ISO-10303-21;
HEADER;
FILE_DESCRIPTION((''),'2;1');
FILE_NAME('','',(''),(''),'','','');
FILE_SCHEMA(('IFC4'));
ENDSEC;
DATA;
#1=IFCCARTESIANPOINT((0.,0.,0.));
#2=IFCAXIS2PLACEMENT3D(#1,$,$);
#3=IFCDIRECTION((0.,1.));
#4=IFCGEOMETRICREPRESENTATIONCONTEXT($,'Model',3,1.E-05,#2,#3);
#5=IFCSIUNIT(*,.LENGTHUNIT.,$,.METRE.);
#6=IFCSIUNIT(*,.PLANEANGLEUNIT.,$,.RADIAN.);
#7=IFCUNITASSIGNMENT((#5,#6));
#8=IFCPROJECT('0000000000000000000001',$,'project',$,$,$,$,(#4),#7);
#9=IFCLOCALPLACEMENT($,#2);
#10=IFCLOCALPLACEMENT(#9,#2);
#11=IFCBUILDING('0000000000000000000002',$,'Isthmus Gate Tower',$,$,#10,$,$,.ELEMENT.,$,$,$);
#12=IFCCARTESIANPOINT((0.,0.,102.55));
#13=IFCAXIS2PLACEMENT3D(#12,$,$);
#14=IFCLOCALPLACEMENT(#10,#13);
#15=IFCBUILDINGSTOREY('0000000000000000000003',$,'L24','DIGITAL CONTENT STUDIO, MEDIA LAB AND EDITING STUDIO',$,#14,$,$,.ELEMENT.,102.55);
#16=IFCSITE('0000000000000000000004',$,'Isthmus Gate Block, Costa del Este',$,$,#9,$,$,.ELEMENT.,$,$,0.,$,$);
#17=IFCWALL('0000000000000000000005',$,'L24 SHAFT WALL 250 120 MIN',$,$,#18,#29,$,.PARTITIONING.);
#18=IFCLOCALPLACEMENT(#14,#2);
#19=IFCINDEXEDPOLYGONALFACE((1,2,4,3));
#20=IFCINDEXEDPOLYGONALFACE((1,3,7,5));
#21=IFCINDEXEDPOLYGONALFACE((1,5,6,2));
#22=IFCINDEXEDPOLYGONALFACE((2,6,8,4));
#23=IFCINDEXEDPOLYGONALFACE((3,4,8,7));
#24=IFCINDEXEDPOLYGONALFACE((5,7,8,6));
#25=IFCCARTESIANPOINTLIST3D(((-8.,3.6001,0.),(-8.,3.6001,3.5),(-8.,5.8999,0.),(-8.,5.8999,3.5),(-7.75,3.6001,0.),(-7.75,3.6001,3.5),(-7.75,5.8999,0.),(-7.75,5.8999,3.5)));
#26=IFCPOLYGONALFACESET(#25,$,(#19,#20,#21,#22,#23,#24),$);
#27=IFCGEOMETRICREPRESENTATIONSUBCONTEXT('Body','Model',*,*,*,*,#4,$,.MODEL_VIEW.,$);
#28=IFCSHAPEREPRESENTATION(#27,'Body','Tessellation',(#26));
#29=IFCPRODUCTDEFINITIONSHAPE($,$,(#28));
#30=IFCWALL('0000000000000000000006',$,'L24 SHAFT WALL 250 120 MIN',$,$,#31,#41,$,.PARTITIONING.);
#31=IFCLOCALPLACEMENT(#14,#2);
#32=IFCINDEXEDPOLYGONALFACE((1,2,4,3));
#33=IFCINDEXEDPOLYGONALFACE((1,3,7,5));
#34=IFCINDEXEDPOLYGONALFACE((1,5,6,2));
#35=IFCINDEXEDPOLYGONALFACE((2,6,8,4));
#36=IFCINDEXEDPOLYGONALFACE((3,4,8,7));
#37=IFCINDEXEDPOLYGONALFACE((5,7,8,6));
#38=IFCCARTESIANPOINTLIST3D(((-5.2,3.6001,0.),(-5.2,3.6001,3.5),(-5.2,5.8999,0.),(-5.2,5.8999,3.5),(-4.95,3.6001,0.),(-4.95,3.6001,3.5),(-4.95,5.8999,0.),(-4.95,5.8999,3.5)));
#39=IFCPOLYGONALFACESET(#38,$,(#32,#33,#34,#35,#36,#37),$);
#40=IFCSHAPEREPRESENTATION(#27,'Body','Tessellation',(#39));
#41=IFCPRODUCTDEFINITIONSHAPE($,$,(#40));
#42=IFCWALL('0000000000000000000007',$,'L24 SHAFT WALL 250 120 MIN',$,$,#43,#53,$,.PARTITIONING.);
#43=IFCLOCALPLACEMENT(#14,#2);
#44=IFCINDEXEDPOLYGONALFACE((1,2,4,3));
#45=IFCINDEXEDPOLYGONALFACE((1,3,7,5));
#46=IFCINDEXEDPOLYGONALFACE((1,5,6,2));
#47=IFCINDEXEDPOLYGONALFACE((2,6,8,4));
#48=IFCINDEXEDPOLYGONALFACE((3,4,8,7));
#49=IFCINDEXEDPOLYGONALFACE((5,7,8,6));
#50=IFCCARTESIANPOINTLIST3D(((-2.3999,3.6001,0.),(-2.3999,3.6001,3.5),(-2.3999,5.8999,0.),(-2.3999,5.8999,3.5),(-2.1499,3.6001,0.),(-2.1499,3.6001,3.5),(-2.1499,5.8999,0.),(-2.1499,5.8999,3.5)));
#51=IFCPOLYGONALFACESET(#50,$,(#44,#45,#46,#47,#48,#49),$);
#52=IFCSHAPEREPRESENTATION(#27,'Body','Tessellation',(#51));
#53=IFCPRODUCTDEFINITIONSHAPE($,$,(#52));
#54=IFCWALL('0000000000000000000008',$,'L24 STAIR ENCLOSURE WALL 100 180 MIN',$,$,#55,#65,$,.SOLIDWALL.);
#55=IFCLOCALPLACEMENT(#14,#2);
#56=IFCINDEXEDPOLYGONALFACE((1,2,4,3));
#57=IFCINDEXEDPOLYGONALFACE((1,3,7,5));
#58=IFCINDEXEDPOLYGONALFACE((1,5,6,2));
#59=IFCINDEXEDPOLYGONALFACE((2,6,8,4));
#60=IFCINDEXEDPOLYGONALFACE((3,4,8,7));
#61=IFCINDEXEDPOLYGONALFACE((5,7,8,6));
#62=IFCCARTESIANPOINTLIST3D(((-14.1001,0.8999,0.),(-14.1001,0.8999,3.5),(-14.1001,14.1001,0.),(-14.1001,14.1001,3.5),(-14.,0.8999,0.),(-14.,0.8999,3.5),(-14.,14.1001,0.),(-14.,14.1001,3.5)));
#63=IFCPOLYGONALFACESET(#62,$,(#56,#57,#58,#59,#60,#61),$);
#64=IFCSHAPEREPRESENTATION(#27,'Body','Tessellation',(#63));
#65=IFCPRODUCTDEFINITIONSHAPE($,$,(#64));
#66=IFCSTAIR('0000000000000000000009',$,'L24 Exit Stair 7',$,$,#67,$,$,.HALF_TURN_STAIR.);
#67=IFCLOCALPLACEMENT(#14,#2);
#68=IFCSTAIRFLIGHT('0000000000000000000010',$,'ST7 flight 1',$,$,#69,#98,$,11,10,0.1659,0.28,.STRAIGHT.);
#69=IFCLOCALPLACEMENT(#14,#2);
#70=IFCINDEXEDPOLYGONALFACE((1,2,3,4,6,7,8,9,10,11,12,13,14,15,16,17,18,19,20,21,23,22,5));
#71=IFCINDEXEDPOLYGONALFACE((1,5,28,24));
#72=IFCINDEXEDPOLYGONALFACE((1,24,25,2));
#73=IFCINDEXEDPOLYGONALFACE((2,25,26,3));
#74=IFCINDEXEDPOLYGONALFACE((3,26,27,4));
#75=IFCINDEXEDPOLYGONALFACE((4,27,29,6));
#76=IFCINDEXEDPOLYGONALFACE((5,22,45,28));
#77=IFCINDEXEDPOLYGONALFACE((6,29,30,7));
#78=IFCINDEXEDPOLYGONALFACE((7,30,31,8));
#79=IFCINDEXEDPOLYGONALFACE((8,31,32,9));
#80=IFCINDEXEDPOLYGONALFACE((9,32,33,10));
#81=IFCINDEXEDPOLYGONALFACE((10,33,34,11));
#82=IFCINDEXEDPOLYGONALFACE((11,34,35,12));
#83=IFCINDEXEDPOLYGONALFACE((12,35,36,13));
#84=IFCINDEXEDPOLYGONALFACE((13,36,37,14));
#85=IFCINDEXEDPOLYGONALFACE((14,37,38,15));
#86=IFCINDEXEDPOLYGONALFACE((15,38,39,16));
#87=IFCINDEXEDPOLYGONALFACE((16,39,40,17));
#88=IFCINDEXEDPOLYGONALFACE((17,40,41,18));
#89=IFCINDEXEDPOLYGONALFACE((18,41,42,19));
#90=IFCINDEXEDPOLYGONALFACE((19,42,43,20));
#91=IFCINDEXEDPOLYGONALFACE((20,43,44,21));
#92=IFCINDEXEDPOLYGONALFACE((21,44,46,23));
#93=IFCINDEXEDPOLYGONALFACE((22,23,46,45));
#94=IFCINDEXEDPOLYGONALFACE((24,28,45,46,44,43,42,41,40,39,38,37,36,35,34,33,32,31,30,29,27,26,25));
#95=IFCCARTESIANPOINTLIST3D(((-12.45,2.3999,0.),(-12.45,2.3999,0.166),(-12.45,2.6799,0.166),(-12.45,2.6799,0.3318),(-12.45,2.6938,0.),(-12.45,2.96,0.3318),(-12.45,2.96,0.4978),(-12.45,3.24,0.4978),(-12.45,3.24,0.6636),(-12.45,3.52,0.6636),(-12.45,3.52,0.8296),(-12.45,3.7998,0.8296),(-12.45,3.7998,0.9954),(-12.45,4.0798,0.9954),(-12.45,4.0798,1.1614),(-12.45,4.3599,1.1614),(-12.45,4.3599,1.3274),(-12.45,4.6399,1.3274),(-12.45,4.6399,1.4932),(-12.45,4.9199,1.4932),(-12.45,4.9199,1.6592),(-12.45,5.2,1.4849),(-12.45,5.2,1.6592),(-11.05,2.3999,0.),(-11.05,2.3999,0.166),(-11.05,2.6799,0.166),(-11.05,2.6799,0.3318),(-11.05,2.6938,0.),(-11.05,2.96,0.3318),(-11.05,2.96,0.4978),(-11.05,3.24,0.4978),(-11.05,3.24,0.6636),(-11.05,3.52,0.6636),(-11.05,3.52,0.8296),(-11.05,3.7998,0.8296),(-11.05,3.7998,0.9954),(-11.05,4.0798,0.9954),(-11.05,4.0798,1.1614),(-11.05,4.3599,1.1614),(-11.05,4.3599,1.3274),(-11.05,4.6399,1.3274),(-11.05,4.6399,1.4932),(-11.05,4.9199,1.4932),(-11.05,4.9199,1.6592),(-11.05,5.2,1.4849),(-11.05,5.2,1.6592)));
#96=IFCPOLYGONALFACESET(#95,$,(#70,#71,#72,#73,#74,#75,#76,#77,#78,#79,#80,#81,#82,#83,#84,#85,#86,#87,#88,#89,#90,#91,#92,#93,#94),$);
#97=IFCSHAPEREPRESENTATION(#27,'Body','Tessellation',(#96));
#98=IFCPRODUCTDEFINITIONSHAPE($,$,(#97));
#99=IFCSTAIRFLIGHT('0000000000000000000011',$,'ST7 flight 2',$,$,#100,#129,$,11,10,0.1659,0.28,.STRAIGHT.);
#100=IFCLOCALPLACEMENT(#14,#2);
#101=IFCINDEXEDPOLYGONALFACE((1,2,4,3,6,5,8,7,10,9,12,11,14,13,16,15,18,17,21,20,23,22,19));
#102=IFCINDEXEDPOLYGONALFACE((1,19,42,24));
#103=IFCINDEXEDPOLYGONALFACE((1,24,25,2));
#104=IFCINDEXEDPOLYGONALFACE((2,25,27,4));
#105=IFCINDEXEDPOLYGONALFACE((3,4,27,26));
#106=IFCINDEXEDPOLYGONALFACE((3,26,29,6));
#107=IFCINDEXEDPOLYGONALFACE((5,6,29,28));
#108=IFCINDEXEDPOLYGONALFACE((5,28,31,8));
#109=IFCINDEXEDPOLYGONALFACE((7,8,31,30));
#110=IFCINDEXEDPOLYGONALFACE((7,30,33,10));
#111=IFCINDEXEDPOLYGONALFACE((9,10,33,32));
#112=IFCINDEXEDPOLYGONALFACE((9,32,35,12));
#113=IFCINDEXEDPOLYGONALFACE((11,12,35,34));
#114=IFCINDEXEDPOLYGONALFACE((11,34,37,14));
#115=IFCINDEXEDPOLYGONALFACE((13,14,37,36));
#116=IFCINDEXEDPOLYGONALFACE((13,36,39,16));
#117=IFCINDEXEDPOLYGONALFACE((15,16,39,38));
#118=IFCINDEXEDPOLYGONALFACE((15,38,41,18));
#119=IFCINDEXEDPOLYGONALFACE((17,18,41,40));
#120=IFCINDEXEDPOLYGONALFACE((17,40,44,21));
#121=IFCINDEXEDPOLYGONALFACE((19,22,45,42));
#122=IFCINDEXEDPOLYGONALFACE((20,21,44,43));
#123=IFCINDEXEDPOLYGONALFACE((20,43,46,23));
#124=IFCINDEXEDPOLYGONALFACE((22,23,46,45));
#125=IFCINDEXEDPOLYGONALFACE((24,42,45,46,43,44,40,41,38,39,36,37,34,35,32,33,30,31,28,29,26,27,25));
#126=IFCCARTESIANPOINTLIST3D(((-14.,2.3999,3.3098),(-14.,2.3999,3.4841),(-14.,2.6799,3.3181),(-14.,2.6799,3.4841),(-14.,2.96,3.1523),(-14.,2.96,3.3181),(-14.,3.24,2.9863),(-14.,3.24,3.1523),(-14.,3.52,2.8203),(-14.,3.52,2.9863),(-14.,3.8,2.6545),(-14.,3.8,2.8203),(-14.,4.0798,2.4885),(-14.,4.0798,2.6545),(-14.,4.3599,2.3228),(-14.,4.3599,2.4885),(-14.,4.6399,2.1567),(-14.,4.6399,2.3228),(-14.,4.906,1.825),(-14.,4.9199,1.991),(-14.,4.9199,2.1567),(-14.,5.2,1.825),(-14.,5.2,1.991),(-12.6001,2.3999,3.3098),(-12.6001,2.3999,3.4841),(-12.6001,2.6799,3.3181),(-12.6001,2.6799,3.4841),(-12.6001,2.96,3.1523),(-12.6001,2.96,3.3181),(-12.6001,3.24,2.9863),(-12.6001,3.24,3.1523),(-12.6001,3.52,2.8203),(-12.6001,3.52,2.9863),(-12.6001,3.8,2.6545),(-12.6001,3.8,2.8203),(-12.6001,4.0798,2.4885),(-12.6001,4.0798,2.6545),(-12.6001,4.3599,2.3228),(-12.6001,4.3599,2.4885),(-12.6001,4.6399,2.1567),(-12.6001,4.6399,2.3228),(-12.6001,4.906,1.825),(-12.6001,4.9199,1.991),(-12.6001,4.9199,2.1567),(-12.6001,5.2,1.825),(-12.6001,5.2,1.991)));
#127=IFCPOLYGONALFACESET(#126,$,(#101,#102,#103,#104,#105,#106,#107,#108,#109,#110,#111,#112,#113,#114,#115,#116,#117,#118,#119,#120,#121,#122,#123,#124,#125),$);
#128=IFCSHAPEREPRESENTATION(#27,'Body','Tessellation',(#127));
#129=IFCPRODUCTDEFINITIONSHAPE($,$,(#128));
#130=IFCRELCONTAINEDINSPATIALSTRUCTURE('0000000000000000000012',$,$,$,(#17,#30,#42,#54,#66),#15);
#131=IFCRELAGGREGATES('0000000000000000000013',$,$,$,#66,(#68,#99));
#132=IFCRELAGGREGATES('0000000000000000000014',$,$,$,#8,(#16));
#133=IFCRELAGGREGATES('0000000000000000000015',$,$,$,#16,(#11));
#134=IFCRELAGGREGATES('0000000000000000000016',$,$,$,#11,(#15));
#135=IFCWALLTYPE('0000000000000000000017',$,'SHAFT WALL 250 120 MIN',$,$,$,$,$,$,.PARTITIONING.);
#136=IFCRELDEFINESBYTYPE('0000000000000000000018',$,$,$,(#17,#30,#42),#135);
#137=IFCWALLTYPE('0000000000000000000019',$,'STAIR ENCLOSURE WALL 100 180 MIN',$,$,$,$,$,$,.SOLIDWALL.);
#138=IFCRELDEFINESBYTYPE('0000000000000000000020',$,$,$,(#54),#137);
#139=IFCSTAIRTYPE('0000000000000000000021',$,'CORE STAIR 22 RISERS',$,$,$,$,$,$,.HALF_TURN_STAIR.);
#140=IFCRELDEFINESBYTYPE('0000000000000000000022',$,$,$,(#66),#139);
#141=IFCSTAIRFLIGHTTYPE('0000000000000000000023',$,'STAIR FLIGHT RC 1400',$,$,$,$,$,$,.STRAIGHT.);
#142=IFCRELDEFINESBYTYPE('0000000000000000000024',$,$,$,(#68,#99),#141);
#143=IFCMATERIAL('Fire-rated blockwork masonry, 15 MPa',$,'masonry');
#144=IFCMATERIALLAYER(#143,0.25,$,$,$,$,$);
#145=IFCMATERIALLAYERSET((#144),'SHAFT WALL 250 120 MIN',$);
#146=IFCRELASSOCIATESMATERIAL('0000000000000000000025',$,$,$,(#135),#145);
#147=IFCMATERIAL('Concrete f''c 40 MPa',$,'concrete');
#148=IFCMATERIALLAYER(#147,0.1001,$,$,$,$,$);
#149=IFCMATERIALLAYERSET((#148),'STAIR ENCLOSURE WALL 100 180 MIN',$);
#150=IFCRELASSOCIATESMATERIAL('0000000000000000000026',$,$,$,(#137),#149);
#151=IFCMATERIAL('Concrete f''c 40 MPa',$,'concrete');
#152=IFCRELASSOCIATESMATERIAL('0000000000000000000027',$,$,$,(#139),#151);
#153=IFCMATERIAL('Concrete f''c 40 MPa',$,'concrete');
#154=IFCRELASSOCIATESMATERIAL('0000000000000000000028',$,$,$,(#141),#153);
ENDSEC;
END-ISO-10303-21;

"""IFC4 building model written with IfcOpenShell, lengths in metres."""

from ifc_helpers import new_model, si_unit, direction, frame, frame_2d, origin, place, context, subcontext, project, spatial, polyline, rectangle, outline, extrude, material, layer, layer_set, type_object, element, aggregate, save


model = new_model("IFC4")

# Units and contexts
model_context = context("Model", 3, precision=1e-05, world=origin(), true_north=direction((0.0, 1.0)))
body_context = subcontext(model_context, "Body", "Model", "MODEL_VIEW")
ifc_project = project(units=[si_unit("LENGTHUNIT", "METRE"), si_unit("PLANEANGLEUNIT", "RADIAN")], contexts=[model_context])

# Site, building, storey
site_placement = place(None, origin())
site = spatial("IfcSite", under=ifc_project, at=site_placement, Name="Isthmus Gate Block, Costa del Este", CompositionType="ELEMENT", RefElevation=0.0)
building_placement = place(site_placement, origin())
building = spatial("IfcBuilding", under=site, at=building_placement, Name="Isthmus Gate Tower", CompositionType="ELEMENT")
storey_placement = place(building_placement, frame((0.0, 0.0, 102.55)))
storey = spatial("IfcBuildingStorey", under=building, at=storey_placement, Name="L24", Description="DIGITAL CONTENT STUDIO, MEDIA LAB AND EDITING STUDIO", CompositionType="ELEMENT", Elevation=102.55)

# Walls
ifc_material_1 = material(Name="Fire-rated blockwork masonry, 15 MPa", Category="masonry")
ifc_layer_1 = layer(ifc_material_1, 0.25)
ifc_layer_set_1 = layer_set([ifc_layer_1], Name="SHAFT WALL 250 120 MIN")
wall_type_1 = type_object("IfcWallType", Name="SHAFT WALL 250 120 MIN", PredefinedType="PARTITIONING", material=ifc_layer_set_1)
for number, where, z_axis, x_axis, name in (
    (1, (-7.875, 3.6001, 0.0), (0.0, 0.0, 1.0), (0.0, 1.0, 0.0), "L24 SHAFT WALL 250 120 MIN"),
    (2, (-5.075, 3.6001, 0.0), (0.0, 0.0, 1.0), (0.0, 1.0, 0.0), "L24 SHAFT WALL 250 120 MIN"),
    (3, (-2.2749, 3.6001, 0.0), (0.0, 0.0, 1.0), (0.0, 1.0, 0.0), "L24 SHAFT WALL 250 120 MIN"),
):
    element("IfcWall", number, at=place(storey_placement, frame(where, z_axis=z_axis, x_axis=x_axis)), inside=storey, type_object=wall_type_1, Name=name, PredefinedType="PARTITIONING", context=body_context, shape_type="SweptSolid", body=[
        extrude(rectangle(XDim=2.2998, YDim=0.25, at=frame_2d((1.1499, 0.0))), origin(), (0.0, 0.0, 1.0), 3.5),
    ])
ifc_material_2 = material(Name="Concrete f'c 40 MPa", Category="concrete")
ifc_layer_2 = layer(ifc_material_2, 0.1001)
ifc_layer_set_2 = layer_set([ifc_layer_2], Name="STAIR ENCLOSURE WALL 100 180 MIN")
wall_type_2 = type_object("IfcWallType", Name="STAIR ENCLOSURE WALL 100 180 MIN", PredefinedType="SOLIDWALL", material=ifc_layer_set_2)
wall_1_placement = place(storey_placement, frame((-14.05, 0.8999, 0.0), z_axis=(0.0, 0.0, 1.0), x_axis=(0.0, 1.0, 0.0)))
element("IfcWall", 4, at=wall_1_placement, inside=storey, type_object=wall_type_2, Name="L24 STAIR ENCLOSURE WALL 100 180 MIN", PredefinedType="SOLIDWALL", context=body_context, shape_type="SweptSolid", body=[
    extrude(rectangle(XDim=13.2002, YDim=0.1001, at=frame_2d((6.6001, 0.0))), origin(), (0.0, 0.0, 1.0), 3.5),
])

# Stair, stair flights
ifc_material_3 = material(Name="Concrete f'c 40 MPa", Category="concrete")
stair_type = type_object("IfcStairType", Name="CORE STAIR 22 RISERS", PredefinedType="HALF_TURN_STAIR", material=ifc_material_3)
stair_placement = place(storey_placement, origin())
stair = element("IfcStair", 5, at=stair_placement, inside=storey, type_object=stair_type, Name="L24 Exit Stair 7", PredefinedType="HALF_TURN_STAIR")
ifc_material_4 = material(Name="Concrete f'c 40 MPa", Category="concrete")
stair_flight_type = type_object("IfcStairFlightType", Name="STAIR FLIGHT RC 1400", PredefinedType="STRAIGHT", material=ifc_material_4)
stair_flight_1_placement = place(storey_placement, frame((-11.75, 2.3999, 0.0), z_axis=(0.0, 0.0, 1.0), x_axis=(0.0, 1.0, 0.0)))
stair_flight_1 = element("IfcStairFlight", 6, at=stair_flight_1_placement, type_object=stair_flight_type, Name="ST7 flight 1", NumberOfRisers=11, NumberOfTreads=10, PredefinedType="STRAIGHT", RiserHeight=0.1659, TreadLength=0.28, context=body_context, shape_type="SweptSolid", body=[
    extrude(outline(polyline([(0.0, 0.0), (0.0, 0.166), (0.28, 0.166), (0.28, 0.3318), (0.5601, 0.3318), (0.5601, 0.4978), (0.8401, 0.4978), (0.8401, 0.6636), (1.1201, 0.6636), (1.1201, 0.8296), (1.3999, 0.8296), (1.3999, 0.9954), (1.6799, 0.9954), (1.6799, 1.1614), (1.96, 1.1614), (1.96, 1.3274), (2.24, 1.3274), (2.24, 1.4932), (2.52, 1.4932), (2.52, 1.6592), (2.8, 1.6592), (2.8, 1.825), (2.8, 1.4849), (0.2939, 0.0), (0.0, 0.0)])), frame((0.0, 0.7, 0.0), z_axis=(0.0, -1.0, 0.0), x_axis=(1.0, 0.0, 0.0)), (0.0, 0.0, 1.0), 1.3999),
])
stair_flight_2_placement = place(storey_placement, frame((-13.3, 5.2, 1.825), z_axis=(0.0, 0.0, 1.0), x_axis=(0.0, -1.0, 0.0)))
stair_flight_2 = element("IfcStairFlight", 7, at=stair_flight_2_placement, type_object=stair_flight_type, Name="ST7 flight 2", NumberOfRisers=11, NumberOfTreads=10, PredefinedType="STRAIGHT", RiserHeight=0.1659, TreadLength=0.28, context=body_context, shape_type="SweptSolid", body=[
    extrude(outline(polyline([(0.0, 0.0), (0.0, 0.166), (0.28, 0.166), (0.28, 0.3318), (0.5601, 0.3318), (0.5601, 0.4978), (0.8401, 0.4978), (0.8401, 0.6636), (1.1201, 0.6636), (1.1201, 0.8296), (1.3999, 0.8296), (1.3999, 0.9954), (1.6799, 0.9954), (1.6799, 1.1614), (1.96, 1.1614), (1.96, 1.3274), (2.24, 1.3274), (2.24, 1.4932), (2.52, 1.4932), (2.52, 1.6592), (2.8, 1.6592), (2.8, 1.825), (2.8, 1.4849), (0.2939, 0.0), (0.0, 0.0)])), frame((0.0, 0.7, 0.0), z_axis=(0.0, -1.0, 0.0), x_axis=(1.0, 0.0, 0.0)), (0.0, 0.0, 1.0), 1.3999),
])
aggregate(stair, [stair_flight_1, stair_flight_2])

save(model, "model.ifc")
